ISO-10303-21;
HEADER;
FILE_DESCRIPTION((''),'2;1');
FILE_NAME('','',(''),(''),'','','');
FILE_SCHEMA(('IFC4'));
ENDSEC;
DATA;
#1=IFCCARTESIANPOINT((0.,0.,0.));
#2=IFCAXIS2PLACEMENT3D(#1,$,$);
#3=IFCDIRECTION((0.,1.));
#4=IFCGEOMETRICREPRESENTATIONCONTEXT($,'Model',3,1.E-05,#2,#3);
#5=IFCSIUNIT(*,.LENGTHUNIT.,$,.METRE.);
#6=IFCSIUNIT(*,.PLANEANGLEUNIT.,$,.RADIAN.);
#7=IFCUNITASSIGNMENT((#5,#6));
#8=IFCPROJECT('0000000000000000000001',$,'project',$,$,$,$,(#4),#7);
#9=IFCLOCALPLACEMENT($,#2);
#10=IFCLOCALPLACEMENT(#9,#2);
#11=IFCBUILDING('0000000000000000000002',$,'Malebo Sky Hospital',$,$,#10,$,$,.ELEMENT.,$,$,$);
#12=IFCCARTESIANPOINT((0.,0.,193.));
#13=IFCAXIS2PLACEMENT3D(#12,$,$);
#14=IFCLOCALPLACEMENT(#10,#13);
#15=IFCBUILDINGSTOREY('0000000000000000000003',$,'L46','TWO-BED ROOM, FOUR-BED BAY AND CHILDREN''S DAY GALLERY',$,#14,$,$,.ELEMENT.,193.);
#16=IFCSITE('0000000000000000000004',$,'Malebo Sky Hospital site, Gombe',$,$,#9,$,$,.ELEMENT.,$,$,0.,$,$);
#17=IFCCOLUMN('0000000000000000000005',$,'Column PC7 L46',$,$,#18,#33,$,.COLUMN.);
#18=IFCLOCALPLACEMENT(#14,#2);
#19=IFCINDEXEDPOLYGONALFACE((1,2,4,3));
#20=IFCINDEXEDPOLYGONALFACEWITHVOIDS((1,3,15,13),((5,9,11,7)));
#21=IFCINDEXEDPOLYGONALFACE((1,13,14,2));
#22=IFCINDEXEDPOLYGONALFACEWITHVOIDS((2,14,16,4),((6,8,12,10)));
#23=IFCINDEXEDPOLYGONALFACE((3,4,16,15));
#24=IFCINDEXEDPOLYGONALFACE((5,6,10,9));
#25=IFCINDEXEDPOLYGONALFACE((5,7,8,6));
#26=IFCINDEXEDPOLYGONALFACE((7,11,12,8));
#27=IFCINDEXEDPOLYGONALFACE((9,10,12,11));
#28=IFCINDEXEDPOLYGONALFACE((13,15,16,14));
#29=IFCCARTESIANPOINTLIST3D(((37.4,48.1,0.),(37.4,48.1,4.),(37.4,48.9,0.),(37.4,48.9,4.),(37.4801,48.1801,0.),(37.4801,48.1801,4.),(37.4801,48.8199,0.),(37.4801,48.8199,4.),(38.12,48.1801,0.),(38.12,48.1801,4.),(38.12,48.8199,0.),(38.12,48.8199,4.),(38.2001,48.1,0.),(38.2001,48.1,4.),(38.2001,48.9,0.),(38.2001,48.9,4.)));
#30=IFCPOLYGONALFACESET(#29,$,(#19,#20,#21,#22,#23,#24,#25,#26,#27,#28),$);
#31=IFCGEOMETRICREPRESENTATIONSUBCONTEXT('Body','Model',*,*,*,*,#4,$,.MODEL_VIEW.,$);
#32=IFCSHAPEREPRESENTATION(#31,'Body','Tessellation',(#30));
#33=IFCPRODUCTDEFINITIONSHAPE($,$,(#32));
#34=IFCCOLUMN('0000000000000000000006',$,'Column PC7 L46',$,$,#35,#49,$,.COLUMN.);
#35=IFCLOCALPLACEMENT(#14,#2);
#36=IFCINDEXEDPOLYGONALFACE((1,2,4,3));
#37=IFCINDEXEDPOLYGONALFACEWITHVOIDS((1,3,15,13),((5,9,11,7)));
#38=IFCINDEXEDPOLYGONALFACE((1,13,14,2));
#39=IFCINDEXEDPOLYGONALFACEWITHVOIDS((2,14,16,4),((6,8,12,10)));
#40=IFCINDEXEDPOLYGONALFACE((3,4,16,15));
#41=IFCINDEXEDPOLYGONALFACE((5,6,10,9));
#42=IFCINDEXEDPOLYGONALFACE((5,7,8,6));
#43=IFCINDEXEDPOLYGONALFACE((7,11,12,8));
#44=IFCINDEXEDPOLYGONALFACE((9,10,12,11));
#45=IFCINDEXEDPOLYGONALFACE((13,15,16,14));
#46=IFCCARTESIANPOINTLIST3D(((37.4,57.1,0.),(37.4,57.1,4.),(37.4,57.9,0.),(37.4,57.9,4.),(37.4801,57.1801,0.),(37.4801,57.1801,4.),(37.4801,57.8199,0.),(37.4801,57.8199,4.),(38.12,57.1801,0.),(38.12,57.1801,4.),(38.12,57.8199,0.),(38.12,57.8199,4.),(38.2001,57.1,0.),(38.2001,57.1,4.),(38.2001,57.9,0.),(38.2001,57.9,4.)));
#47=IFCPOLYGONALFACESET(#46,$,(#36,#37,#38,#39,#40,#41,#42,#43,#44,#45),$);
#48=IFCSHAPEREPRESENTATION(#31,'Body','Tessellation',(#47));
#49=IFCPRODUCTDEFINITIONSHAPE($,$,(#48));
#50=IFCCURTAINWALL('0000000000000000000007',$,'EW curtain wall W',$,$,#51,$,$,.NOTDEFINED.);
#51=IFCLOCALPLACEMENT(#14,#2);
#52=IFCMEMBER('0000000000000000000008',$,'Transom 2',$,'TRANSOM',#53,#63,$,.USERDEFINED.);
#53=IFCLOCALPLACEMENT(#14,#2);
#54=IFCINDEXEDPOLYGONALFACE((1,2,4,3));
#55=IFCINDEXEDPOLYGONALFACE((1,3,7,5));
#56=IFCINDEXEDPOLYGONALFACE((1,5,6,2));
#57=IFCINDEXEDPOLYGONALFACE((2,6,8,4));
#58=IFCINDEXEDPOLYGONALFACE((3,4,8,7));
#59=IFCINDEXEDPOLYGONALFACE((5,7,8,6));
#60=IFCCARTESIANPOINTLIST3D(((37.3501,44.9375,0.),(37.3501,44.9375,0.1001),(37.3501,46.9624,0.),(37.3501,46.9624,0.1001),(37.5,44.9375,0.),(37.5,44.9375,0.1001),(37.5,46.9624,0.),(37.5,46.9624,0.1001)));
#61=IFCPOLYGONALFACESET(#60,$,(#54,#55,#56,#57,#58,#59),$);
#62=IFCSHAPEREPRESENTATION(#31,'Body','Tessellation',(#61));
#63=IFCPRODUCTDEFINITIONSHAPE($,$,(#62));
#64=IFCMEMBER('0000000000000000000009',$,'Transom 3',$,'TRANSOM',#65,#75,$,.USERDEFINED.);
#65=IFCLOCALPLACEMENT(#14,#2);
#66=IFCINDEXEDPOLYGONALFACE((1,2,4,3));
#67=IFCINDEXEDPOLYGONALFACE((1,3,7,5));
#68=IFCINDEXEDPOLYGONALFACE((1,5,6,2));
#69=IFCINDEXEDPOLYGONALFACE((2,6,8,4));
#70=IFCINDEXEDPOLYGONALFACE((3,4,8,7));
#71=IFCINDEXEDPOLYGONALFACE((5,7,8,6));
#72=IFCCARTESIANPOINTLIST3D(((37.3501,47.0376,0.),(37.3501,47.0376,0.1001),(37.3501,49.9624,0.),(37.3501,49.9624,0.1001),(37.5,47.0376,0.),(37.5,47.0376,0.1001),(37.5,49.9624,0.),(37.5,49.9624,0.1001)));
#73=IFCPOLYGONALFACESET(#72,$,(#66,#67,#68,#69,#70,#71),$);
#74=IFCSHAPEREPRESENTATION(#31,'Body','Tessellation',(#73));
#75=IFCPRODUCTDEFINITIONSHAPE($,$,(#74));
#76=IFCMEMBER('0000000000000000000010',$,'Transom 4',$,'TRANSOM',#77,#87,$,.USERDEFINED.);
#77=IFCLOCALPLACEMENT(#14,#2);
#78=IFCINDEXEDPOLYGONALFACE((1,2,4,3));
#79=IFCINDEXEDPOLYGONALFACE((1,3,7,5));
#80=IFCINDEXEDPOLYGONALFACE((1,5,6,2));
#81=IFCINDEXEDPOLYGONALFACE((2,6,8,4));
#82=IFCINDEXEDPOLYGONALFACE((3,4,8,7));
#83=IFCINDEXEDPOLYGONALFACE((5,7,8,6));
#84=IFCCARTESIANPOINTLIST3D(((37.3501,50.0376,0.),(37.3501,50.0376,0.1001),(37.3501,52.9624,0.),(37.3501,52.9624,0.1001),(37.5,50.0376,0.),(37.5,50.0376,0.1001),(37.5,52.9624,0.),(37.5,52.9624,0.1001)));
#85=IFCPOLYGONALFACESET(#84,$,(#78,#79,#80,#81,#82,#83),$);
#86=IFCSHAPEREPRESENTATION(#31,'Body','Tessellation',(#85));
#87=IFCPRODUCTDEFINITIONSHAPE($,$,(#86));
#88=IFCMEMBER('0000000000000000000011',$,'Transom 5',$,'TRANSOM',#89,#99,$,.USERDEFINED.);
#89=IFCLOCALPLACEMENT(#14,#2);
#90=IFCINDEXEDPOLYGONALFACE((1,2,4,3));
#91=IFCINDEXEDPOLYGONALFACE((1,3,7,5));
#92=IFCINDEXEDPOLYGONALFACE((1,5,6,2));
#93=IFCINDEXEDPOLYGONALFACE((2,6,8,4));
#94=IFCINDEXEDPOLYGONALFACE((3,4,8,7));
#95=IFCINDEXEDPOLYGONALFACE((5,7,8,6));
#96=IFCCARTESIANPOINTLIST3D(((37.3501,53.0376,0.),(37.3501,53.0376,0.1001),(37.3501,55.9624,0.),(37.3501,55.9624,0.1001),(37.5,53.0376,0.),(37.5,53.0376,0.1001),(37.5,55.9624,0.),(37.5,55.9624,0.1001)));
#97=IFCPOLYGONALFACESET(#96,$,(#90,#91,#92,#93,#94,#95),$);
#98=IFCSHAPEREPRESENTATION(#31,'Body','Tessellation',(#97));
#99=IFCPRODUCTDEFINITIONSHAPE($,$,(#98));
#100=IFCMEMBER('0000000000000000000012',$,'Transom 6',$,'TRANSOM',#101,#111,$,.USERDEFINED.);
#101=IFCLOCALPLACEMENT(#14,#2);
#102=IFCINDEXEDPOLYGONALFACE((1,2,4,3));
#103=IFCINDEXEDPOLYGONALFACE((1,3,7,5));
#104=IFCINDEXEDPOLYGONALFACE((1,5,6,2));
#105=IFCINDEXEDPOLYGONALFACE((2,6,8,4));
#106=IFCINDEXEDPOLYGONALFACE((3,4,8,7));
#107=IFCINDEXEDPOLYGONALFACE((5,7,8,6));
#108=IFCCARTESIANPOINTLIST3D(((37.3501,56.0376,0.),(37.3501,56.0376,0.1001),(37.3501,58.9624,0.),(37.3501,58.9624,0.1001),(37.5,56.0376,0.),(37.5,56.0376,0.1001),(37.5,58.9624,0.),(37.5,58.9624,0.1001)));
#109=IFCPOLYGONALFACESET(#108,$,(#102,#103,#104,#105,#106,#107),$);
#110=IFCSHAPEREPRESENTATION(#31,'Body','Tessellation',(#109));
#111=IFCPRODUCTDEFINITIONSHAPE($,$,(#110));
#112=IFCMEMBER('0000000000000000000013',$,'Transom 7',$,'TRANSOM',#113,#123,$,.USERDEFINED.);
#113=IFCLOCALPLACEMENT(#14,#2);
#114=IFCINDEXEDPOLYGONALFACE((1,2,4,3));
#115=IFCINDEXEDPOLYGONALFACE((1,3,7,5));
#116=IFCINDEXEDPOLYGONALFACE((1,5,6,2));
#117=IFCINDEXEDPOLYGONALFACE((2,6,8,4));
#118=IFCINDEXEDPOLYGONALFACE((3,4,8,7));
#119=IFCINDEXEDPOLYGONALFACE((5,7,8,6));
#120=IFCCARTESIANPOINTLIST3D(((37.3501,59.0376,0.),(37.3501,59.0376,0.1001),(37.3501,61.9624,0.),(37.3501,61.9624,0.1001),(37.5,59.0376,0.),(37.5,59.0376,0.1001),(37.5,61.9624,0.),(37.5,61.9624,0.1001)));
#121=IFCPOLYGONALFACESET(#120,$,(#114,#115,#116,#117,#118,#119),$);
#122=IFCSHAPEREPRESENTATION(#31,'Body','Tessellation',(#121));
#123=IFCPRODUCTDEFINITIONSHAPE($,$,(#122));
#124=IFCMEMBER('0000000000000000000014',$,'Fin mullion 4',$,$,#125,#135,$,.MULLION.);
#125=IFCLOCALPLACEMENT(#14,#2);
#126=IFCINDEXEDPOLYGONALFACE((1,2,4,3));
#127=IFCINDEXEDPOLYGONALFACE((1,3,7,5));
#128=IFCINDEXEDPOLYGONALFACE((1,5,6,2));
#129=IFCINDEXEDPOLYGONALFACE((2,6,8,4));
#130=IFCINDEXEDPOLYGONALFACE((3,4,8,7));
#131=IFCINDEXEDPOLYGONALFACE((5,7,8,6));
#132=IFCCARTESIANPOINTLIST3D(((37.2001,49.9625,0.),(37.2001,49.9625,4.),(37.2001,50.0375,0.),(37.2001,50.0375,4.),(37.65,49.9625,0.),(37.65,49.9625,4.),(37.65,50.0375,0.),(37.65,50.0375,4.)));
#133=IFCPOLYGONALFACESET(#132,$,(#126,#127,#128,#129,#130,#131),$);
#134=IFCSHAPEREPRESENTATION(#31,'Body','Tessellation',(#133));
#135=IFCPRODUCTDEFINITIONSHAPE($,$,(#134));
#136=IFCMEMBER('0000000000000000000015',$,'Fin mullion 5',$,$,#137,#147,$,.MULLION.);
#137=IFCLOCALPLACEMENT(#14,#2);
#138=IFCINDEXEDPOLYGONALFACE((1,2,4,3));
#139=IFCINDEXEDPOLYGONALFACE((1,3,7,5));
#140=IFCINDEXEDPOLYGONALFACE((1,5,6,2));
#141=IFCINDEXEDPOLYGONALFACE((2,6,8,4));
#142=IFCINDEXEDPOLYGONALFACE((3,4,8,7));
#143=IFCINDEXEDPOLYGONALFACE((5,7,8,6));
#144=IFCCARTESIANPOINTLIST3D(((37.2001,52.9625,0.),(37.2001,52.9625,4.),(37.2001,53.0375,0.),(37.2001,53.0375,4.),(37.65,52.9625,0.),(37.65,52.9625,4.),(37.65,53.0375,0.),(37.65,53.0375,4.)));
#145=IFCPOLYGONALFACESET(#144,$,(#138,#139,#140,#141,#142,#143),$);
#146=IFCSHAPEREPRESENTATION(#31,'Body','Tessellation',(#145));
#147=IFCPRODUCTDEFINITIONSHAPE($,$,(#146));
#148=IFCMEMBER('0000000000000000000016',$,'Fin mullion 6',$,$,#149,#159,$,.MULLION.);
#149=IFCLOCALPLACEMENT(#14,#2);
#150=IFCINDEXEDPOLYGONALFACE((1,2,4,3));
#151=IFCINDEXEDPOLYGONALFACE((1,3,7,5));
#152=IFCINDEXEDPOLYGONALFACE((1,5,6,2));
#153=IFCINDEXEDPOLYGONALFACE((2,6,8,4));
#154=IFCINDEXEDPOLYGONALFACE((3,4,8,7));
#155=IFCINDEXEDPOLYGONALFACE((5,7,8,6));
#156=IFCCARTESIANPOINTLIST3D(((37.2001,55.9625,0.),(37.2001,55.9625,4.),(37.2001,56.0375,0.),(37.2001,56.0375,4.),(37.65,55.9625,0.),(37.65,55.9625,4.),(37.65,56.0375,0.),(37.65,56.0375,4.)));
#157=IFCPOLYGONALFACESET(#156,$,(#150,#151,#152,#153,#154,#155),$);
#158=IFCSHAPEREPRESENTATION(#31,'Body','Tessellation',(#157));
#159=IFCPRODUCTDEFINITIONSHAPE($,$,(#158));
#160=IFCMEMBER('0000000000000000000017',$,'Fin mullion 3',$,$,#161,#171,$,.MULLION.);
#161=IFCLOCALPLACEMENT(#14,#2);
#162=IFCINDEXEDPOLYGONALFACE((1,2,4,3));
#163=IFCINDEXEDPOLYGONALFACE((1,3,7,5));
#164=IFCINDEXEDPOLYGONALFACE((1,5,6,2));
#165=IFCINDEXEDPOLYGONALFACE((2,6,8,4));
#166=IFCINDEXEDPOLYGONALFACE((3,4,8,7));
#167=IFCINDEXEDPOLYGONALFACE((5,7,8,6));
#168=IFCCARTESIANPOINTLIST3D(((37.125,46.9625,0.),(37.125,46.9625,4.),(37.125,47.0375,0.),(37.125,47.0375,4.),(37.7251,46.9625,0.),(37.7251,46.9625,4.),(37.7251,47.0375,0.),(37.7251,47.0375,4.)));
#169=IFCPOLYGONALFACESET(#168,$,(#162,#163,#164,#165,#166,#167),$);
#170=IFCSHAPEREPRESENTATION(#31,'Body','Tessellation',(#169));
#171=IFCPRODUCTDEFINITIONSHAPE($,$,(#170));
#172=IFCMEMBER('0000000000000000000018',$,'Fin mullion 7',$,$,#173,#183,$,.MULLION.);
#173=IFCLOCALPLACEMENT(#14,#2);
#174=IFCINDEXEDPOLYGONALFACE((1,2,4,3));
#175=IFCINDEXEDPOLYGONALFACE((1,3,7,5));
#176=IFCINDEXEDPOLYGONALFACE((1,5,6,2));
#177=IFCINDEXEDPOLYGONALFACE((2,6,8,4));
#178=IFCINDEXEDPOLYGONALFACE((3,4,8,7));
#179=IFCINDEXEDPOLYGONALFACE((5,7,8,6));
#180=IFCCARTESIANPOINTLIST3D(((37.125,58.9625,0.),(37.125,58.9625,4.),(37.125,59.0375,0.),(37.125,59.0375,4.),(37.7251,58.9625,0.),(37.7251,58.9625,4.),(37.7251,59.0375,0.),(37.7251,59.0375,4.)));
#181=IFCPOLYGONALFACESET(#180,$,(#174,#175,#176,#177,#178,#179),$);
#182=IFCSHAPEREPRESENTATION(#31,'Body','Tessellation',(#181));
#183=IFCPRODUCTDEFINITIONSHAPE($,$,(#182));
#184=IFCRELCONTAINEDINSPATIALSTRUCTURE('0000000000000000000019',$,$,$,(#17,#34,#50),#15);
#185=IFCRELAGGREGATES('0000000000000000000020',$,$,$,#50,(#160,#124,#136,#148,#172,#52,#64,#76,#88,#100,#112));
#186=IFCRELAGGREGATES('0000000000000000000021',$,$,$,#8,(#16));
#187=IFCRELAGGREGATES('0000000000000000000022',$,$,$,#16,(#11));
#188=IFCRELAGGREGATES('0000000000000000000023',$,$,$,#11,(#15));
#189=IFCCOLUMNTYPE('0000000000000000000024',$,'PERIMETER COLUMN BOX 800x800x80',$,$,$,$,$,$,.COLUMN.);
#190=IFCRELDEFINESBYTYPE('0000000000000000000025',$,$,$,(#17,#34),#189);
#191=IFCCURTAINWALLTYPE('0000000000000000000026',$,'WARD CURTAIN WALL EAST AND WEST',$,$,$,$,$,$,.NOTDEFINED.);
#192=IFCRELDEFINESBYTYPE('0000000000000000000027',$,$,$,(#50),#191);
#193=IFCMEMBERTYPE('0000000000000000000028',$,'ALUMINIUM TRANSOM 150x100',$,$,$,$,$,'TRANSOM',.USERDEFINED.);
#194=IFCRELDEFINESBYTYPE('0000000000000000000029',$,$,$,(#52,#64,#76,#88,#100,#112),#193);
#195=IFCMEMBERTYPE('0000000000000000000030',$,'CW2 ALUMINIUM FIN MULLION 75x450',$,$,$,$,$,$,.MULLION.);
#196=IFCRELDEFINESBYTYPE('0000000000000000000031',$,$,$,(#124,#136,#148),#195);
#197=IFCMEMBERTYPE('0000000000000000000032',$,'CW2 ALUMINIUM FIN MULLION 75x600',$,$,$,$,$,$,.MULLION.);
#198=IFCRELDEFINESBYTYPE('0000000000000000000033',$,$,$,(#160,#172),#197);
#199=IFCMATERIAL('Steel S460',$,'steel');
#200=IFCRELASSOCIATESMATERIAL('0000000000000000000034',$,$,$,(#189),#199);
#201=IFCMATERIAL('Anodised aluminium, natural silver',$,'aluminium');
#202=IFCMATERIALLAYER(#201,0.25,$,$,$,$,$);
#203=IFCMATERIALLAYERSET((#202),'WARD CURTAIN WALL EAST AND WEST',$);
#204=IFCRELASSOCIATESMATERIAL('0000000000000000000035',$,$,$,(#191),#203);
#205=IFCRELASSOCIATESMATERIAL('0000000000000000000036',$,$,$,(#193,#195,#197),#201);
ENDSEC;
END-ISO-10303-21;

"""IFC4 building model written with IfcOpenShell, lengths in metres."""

from ifc_helpers import new_model, si_unit, direction, frame, origin, origin_2d, place, context, subcontext, project, spatial, rectangle, hollow_rectangle, extrude, material, layer, layer_set, material_profile, profile_set, type_object, element, aggregate, save


model = new_model("IFC4")

# Units and contexts
model_context = context("Model", 3, precision=1e-05, world=origin(), true_north=direction((0.0, 1.0)))
body_context = subcontext(model_context, "Body", "Model", "MODEL_VIEW")
ifc_project = project(units=[si_unit("LENGTHUNIT", "METRE"), si_unit("PLANEANGLEUNIT", "RADIAN")], contexts=[model_context])

# Site, building, storey
site_placement = place(None, origin())
site = spatial("IfcSite", under=ifc_project, at=site_placement, Name="Malebo Sky Hospital site, Gombe", CompositionType="ELEMENT", RefElevation=0.0)
building_placement = place(site_placement, origin())
building = spatial("IfcBuilding", under=site, at=building_placement, Name="Malebo Sky Hospital", CompositionType="ELEMENT")
storey_placement = place(building_placement, frame((0.0, 0.0, 193.0)))
storey = spatial("IfcBuildingStorey", under=building, at=storey_placement, Name="L46", Description="TWO-BED ROOM, FOUR-BED BAY AND CHILDREN'S DAY GALLERY", CompositionType="ELEMENT", Elevation=193.0)

# Columns
ifc_material_1 = material(Name="Steel S460", Category="steel")
ifc_material_profile_1 = material_profile(ifc_material_1, hollow_rectangle(XDim=0.8, YDim=0.8, WallThickness=0.0801, at=origin_2d()), Name="BOX 800x800x80")
ifc_profile_set_1 = profile_set([ifc_material_profile_1], Name="Steel S460")
column_type = type_object("IfcColumnType", Name="PERIMETER COLUMN BOX 800x800x80", PredefinedType="COLUMN", material=ifc_profile_set_1)
for number, where, z_axis, x_axis, name in (
    (1, (37.8, 48.5, 0.0), (0.0, 0.0, 1.0), (1.0, 0.0, 0.0), "Column PC7 L46"),
    (2, (37.8, 57.5, 0.0), (0.0, 0.0, 1.0), (1.0, 0.0, 0.0), "Column PC7 L46"),
):
    element("IfcColumn", number, at=place(storey_placement, frame(where, z_axis=z_axis, x_axis=x_axis)), inside=storey, type_object=column_type, Name=name, PredefinedType="COLUMN", context=body_context, shape_type="SweptSolid", body=[
        extrude(hollow_rectangle(XDim=0.8, YDim=0.8, WallThickness=0.0801, at=origin_2d()), origin(), (0.0, 0.0, 1.0), 4.0),
    ])

# Curtain wall, members
ifc_material_2 = material(Name="Anodised aluminium, natural silver", Category="aluminium")
ifc_layer_1 = layer(ifc_material_2, 0.25)
ifc_layer_set_1 = layer_set([ifc_layer_1], Name="WARD CURTAIN WALL EAST AND WEST")
curtain_wall_type = type_object("IfcCurtainWallType", Name="WARD CURTAIN WALL EAST AND WEST", PredefinedType="NOTDEFINED", material=ifc_layer_set_1)
curtain_wall_placement = place(storey_placement, origin())
curtain_wall = element("IfcCurtainWall", 3, at=curtain_wall_placement, inside=storey, type_object=curtain_wall_type, Name="EW curtain wall W", PredefinedType="NOTDEFINED")
ifc_material_profile_2 = material_profile(ifc_material_2, rectangle(XDim=0.1499, YDim=0.1001, at=origin_2d()), Name="ALUMINIUM TRANSOM 150x100")
ifc_profile_set_2 = profile_set([ifc_material_profile_2], Name="Anodised aluminium, natural silver")
member_type_1 = type_object("IfcMemberType", Name="ALUMINIUM TRANSOM 150x100", ElementType="TRANSOM", PredefinedType="USERDEFINED", material=ifc_profile_set_2)
member_1_placement = place(storey_placement, frame((37.425, 44.9375, 0.05), z_axis=(0.0, 1.0, 0.0), x_axis=(-1.0, 0.0, 0.0)))
member_1 = element("IfcMember", 4, at=member_1_placement, type_object=member_type_1, Name="Transom 2", ObjectType="TRANSOM", PredefinedType="USERDEFINED", context=body_context, shape_type="SweptSolid", body=[
    extrude(rectangle(XDim=0.1499, YDim=0.1001, at=origin_2d()), origin(), (0.0, 0.0, 1.0), 2.0249),
])
member_2_placement = place(storey_placement, frame((37.425, 47.0376, 0.05), z_axis=(0.0, 1.0, 0.0), x_axis=(-1.0, 0.0, 0.0)))
member_2 = element("IfcMember", 5, at=member_2_placement, type_object=member_type_1, Name="Transom 3", ObjectType="TRANSOM", PredefinedType="USERDEFINED", context=body_context, shape_type="SweptSolid", body=[
    extrude(rectangle(XDim=0.1499, YDim=0.1001, at=origin_2d()), origin(), (0.0, 0.0, 1.0), 2.9248),
])
member_3_placement = place(storey_placement, frame((37.425, 50.0376, 0.05), z_axis=(0.0, 1.0, 0.0), x_axis=(-1.0, 0.0, 0.0)))
member_3 = element("IfcMember", 6, at=member_3_placement, type_object=member_type_1, Name="Transom 4", ObjectType="TRANSOM", PredefinedType="USERDEFINED", context=body_context, shape_type="SweptSolid", body=[
    extrude(rectangle(XDim=0.1499, YDim=0.1001, at=origin_2d()), origin(), (0.0, 0.0, 1.0), 2.9248),
])
member_4_placement = place(storey_placement, frame((37.425, 53.0376, 0.05), z_axis=(0.0, 1.0, 0.0), x_axis=(-1.0, 0.0, 0.0)))
member_4 = element("IfcMember", 7, at=member_4_placement, type_object=member_type_1, Name="Transom 5", ObjectType="TRANSOM", PredefinedType="USERDEFINED", context=body_context, shape_type="SweptSolid", body=[
    extrude(rectangle(XDim=0.1499, YDim=0.1001, at=origin_2d()), origin(), (0.0, 0.0, 1.0), 2.9248),
])
member_5_placement = place(storey_placement, frame((37.425, 56.0376, 0.05), z_axis=(0.0, 1.0, 0.0), x_axis=(-1.0, 0.0, 0.0)))
member_5 = element("IfcMember", 8, at=member_5_placement, type_object=member_type_1, Name="Transom 6", ObjectType="TRANSOM", PredefinedType="USERDEFINED", context=body_context, shape_type="SweptSolid", body=[
    extrude(rectangle(XDim=0.1499, YDim=0.1001, at=origin_2d()), origin(), (0.0, 0.0, 1.0), 2.9248),
])
member_6_placement = place(storey_placement, frame((37.425, 59.0376, 0.05), z_axis=(0.0, 1.0, 0.0), x_axis=(-1.0, 0.0, 0.0)))
member_6 = element("IfcMember", 9, at=member_6_placement, type_object=member_type_1, Name="Transom 7", ObjectType="TRANSOM", PredefinedType="USERDEFINED", context=body_context, shape_type="SweptSolid", body=[
    extrude(rectangle(XDim=0.1499, YDim=0.1001, at=origin_2d()), origin(), (0.0, 0.0, 1.0), 2.9248),
])
ifc_material_profile_3 = material_profile(ifc_material_2, rectangle(XDim=0.075, YDim=0.45, at=origin_2d()), Name="CW2 ALUMINIUM FIN MULLION 75x450")
ifc_profile_set_3 = profile_set([ifc_material_profile_3], Name="Anodised aluminium, natural silver")
member_type_2 = type_object("IfcMemberType", Name="CW2 ALUMINIUM FIN MULLION 75x450", PredefinedType="MULLION", material=ifc_profile_set_3)
member_7_placement = place(storey_placement, frame((37.425, 50.0, 0.0), z_axis=(0.0, 0.0, 1.0), x_axis=(0.0, 1.0, 0.0)))
member_7 = element("IfcMember", 10, at=member_7_placement, type_object=member_type_2, Name="Fin mullion 4", PredefinedType="MULLION", context=body_context, shape_type="SweptSolid", body=[
    extrude(rectangle(XDim=0.075, YDim=0.45, at=origin_2d()), origin(), (0.0, 0.0, 1.0), 4.0),
])
member_8_placement = place(storey_placement, frame((37.425, 53.0, 0.0), z_axis=(0.0, 0.0, 1.0), x_axis=(0.0, 1.0, 0.0)))
member_8 = element("IfcMember", 11, at=member_8_placement, type_object=member_type_2, Name="Fin mullion 5", PredefinedType="MULLION", context=body_context, shape_type="SweptSolid", body=[
    extrude(rectangle(XDim=0.075, YDim=0.45, at=origin_2d()), origin(), (0.0, 0.0, 1.0), 4.0),
])
member_9_placement = place(storey_placement, frame((37.425, 56.0, 0.0), z_axis=(0.0, 0.0, 1.0), x_axis=(0.0, 1.0, 0.0)))
member_9 = element("IfcMember", 12, at=member_9_placement, type_object=member_type_2, Name="Fin mullion 6", PredefinedType="MULLION", context=body_context, shape_type="SweptSolid", body=[
    extrude(rectangle(XDim=0.075, YDim=0.45, at=origin_2d()), origin(), (0.0, 0.0, 1.0), 4.0),
])
ifc_material_profile_4 = material_profile(ifc_material_2, rectangle(XDim=0.075, YDim=0.6001, at=origin_2d()), Name="CW2 ALUMINIUM FIN MULLION 75x600")
ifc_profile_set_4 = profile_set([ifc_material_profile_4], Name="Anodised aluminium, natural silver")
member_type_3 = type_object("IfcMemberType", Name="CW2 ALUMINIUM FIN MULLION 75x600", PredefinedType="MULLION", material=ifc_profile_set_4)
member_10_placement = place(storey_placement, frame((37.425, 47.0, 0.0), z_axis=(0.0, 0.0, 1.0), x_axis=(0.0, 1.0, 0.0)))
member_10 = element("IfcMember", 13, at=member_10_placement, type_object=member_type_3, Name="Fin mullion 3", PredefinedType="MULLION", context=body_context, shape_type="SweptSolid", body=[
    extrude(rectangle(XDim=0.075, YDim=0.6001, at=origin_2d()), origin(), (0.0, 0.0, 1.0), 4.0),
])
member_11_placement = place(storey_placement, frame((37.425, 59.0, 0.0), z_axis=(0.0, 0.0, 1.0), x_axis=(0.0, 1.0, 0.0)))
member_11 = element("IfcMember", 14, at=member_11_placement, type_object=member_type_3, Name="Fin mullion 7", PredefinedType="MULLION", context=body_context, shape_type="SweptSolid", body=[
    extrude(rectangle(XDim=0.075, YDim=0.6001, at=origin_2d()), origin(), (0.0, 0.0, 1.0), 4.0),
])

aggregate(curtain_wall, [member_10, member_7, member_8, member_9, member_11, member_1, member_2, member_3, member_4, member_5, member_6])

save(model, "model.ifc")
